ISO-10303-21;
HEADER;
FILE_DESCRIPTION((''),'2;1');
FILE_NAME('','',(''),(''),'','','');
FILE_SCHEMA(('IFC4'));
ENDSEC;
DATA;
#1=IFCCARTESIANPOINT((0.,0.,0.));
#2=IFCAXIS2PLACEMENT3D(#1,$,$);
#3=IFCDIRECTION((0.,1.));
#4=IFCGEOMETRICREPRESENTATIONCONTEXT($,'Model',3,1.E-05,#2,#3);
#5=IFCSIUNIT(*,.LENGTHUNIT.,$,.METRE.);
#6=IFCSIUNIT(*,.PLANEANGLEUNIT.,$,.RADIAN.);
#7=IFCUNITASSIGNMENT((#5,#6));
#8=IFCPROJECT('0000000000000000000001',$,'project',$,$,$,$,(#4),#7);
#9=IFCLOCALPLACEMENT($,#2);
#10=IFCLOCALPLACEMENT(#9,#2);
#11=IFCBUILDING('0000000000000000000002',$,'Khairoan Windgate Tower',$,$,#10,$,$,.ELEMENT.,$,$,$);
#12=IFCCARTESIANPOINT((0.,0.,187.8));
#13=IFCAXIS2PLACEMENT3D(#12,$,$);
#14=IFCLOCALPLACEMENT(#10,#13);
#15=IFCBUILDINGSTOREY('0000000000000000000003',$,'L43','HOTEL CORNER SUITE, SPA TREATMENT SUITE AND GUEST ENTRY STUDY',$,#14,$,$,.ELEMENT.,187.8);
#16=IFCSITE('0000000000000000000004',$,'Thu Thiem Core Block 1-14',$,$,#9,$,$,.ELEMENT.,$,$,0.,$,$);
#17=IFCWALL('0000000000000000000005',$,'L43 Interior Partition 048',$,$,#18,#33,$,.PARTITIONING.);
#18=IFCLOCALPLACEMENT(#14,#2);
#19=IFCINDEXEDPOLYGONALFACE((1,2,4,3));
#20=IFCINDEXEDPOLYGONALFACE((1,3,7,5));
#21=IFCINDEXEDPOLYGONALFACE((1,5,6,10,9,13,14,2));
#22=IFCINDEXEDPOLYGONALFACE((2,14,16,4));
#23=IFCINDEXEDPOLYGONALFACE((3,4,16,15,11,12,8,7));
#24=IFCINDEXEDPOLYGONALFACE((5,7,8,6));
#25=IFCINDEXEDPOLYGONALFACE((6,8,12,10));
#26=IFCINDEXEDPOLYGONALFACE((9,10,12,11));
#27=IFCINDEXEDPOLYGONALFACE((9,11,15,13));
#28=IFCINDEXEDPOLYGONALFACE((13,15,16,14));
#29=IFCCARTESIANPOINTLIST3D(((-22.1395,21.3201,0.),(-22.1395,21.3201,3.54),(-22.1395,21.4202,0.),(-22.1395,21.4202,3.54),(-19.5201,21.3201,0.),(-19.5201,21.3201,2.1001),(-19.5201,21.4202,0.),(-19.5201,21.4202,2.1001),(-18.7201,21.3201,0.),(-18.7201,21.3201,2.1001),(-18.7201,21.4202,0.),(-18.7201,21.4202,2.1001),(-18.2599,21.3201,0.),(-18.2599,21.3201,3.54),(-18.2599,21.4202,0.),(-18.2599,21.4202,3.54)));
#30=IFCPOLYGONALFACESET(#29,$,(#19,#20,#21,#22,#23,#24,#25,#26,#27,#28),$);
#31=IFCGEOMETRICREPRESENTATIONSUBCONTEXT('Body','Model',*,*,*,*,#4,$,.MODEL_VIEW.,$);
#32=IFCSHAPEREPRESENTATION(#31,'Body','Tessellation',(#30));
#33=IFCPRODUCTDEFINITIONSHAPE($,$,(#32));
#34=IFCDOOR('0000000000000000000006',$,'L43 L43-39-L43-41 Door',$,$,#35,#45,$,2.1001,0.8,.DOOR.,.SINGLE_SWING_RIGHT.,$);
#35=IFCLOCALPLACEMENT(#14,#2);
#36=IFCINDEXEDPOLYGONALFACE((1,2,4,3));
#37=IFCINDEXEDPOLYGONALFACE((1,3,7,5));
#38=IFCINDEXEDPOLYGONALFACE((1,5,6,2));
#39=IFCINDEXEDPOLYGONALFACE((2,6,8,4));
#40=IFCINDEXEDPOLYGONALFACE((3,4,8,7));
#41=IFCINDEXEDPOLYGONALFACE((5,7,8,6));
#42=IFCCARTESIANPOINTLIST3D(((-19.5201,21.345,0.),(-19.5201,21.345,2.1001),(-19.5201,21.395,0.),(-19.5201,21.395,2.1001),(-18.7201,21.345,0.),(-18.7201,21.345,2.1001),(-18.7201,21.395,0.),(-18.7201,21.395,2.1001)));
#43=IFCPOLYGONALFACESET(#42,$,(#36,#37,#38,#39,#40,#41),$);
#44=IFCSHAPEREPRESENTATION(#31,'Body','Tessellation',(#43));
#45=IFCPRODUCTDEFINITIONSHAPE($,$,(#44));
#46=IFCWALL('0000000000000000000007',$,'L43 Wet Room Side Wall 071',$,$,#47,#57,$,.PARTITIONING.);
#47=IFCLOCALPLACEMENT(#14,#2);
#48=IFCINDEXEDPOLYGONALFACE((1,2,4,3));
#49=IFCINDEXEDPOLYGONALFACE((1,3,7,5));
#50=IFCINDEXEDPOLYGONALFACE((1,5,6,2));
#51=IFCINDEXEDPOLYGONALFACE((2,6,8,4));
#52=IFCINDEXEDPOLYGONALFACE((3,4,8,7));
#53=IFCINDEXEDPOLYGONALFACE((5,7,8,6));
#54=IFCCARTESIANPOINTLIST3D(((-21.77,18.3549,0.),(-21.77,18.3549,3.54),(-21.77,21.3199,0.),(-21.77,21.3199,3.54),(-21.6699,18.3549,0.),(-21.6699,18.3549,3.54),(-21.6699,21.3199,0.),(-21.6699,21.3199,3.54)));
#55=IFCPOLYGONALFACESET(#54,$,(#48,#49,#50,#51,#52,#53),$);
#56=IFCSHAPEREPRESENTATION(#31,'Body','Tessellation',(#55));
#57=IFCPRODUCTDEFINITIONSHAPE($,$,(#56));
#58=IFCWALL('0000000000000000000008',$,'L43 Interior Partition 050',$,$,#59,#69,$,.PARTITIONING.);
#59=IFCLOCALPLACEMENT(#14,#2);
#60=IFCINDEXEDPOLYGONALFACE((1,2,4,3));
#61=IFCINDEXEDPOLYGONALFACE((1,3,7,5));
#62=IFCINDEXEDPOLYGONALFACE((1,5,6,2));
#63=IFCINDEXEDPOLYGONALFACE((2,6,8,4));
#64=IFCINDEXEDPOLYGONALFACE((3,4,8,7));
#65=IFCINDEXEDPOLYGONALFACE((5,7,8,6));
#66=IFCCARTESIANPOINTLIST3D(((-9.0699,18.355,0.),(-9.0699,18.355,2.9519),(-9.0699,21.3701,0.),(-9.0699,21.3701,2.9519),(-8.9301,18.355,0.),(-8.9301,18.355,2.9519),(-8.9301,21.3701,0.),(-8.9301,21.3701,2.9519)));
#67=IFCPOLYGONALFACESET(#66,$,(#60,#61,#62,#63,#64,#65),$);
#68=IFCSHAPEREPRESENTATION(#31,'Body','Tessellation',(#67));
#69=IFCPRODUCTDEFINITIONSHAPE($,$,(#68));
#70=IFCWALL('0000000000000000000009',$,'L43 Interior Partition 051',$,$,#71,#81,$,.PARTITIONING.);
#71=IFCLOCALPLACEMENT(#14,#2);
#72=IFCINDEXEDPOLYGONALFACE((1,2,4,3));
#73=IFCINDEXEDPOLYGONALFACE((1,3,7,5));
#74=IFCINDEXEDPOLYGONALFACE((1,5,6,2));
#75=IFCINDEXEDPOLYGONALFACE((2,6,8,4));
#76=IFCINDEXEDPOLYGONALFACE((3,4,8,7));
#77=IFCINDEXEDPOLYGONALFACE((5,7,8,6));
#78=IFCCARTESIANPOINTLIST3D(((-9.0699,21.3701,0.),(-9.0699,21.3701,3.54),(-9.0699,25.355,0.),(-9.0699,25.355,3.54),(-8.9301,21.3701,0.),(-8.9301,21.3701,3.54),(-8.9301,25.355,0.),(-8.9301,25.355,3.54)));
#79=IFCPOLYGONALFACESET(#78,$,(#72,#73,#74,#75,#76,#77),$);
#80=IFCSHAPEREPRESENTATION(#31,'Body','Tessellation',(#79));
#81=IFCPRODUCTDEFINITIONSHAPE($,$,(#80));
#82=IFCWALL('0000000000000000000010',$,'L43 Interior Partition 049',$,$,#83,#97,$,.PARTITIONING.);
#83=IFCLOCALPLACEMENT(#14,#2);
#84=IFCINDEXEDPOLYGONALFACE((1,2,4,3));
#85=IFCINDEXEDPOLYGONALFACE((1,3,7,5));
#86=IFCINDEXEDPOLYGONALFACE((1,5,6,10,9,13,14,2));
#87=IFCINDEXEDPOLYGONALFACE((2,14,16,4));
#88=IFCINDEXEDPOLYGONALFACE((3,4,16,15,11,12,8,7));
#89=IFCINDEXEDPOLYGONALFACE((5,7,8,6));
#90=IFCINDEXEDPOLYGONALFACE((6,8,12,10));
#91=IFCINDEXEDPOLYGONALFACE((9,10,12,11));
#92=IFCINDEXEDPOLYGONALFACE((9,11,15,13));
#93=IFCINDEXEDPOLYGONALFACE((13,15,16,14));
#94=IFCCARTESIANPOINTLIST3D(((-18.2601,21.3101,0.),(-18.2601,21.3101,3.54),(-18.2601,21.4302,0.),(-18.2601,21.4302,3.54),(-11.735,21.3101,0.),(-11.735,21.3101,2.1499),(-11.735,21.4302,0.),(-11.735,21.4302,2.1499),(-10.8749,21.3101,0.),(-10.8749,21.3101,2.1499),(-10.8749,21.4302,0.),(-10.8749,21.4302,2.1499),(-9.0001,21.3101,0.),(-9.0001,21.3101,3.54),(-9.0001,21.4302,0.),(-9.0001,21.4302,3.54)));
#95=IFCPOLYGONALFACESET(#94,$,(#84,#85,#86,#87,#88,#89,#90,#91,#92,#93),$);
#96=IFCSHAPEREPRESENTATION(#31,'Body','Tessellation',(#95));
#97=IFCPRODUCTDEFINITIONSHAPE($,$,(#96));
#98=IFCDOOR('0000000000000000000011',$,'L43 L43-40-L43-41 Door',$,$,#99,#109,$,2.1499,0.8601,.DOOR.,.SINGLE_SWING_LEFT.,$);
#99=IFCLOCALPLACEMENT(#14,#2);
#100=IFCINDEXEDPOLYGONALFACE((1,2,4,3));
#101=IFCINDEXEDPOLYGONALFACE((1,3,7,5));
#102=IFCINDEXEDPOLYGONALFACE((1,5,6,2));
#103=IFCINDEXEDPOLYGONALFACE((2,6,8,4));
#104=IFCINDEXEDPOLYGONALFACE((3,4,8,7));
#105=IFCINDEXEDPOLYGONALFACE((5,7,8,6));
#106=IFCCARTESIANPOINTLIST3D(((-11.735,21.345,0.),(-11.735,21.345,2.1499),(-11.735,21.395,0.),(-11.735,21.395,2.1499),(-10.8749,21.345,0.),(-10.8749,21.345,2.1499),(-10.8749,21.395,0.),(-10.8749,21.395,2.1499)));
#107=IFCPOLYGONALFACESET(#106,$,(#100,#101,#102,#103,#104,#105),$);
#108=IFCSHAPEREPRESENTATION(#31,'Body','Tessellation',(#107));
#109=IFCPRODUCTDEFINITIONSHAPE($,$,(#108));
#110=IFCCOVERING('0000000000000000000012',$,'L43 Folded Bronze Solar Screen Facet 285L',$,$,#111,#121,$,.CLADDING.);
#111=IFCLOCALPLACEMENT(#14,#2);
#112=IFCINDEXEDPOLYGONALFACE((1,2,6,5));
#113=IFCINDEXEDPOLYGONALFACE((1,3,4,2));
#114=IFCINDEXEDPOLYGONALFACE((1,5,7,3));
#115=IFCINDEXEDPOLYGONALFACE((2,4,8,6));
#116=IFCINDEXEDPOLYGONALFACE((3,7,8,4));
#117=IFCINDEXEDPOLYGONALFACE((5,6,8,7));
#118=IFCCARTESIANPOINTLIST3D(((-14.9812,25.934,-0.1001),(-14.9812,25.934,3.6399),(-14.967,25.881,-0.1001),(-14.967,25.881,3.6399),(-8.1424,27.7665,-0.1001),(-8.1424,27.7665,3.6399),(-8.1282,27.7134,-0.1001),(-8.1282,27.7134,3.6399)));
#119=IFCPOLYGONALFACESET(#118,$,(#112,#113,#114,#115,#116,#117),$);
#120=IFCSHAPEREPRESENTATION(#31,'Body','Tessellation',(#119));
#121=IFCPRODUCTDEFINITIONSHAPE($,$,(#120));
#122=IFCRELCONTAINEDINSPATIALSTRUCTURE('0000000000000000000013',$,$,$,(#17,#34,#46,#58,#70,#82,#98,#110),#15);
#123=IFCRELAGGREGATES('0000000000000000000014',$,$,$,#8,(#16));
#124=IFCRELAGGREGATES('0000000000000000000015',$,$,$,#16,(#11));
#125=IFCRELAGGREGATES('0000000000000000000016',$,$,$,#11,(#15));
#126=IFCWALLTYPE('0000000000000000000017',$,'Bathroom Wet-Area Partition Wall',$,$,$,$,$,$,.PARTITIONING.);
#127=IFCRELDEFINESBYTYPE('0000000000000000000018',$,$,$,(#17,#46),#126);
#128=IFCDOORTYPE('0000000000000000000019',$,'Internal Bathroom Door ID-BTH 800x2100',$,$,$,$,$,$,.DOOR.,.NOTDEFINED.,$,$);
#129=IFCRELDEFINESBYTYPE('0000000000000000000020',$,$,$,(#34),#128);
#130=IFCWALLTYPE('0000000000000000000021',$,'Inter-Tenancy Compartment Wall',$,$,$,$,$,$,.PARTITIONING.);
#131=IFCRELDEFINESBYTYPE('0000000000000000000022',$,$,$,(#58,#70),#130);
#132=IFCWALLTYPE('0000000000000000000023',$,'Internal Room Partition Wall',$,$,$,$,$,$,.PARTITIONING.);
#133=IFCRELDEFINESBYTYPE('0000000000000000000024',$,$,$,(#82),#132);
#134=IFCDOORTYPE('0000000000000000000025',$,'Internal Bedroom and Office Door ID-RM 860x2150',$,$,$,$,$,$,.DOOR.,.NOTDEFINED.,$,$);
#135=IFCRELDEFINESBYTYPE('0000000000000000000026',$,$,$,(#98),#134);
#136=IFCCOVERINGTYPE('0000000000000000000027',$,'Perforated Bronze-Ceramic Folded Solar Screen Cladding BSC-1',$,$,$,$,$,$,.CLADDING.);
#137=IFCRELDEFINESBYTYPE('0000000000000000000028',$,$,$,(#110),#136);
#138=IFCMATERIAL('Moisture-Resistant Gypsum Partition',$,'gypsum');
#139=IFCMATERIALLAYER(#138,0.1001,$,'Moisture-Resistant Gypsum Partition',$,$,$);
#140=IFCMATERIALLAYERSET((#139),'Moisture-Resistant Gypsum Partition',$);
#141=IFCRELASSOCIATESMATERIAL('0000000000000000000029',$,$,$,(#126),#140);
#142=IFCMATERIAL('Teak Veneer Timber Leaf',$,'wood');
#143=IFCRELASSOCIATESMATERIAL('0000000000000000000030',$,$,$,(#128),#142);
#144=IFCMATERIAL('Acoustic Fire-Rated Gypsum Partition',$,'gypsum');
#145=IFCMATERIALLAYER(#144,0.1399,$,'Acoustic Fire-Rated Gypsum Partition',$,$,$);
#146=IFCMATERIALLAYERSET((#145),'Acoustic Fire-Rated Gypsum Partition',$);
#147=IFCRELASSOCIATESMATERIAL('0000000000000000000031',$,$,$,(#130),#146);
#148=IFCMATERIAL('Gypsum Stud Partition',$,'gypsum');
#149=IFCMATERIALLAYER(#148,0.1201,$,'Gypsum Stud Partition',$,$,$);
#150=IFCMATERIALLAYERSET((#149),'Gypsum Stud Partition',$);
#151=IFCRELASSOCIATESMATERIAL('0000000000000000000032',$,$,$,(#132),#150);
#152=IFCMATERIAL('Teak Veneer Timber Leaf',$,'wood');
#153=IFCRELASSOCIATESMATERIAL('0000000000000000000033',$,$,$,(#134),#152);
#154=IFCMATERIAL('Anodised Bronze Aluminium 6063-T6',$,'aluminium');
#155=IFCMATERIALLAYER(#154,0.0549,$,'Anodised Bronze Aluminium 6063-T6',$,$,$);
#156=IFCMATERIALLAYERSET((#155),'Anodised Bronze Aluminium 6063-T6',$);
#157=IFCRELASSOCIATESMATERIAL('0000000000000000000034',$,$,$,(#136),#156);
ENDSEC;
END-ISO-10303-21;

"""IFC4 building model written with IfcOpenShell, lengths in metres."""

from ifc_helpers import new_model, si_unit, direction, frame, frame_2d, origin, origin_2d, place, context, subcontext, project, spatial, rectangle, extrude, material, layer, layer_set, type_object, element, fill, save


model = new_model("IFC4")

# Units and contexts
model_context = context("Model", 3, precision=1e-05, world=origin(), true_north=direction((0.0, 1.0)))
body_context = subcontext(model_context, "Body", "Model", "MODEL_VIEW")
ifc_project = project(units=[si_unit("LENGTHUNIT", "METRE"), si_unit("PLANEANGLEUNIT", "RADIAN")], contexts=[model_context])

# Site, building, storey
site_placement = place(None, origin())
site = spatial("IfcSite", under=ifc_project, at=site_placement, Name="Thu Thiem Core Block 1-14", CompositionType="ELEMENT", RefElevation=0.0)
building_placement = place(site_placement, origin())
building = spatial("IfcBuilding", under=site, at=building_placement, Name="Khairoan Windgate Tower", CompositionType="ELEMENT")
storey_placement = place(building_placement, frame((0.0, 0.0, 187.8)))
storey = spatial("IfcBuildingStorey", under=building, at=storey_placement, Name="L43", Description="HOTEL CORNER SUITE, SPA TREATMENT SUITE AND GUEST ENTRY STUDY", CompositionType="ELEMENT", Elevation=187.8)

# Wall, opening, door
ifc_material_1 = material(Name="Moisture-Resistant Gypsum Partition", Category="gypsum")
ifc_layer_1 = layer(ifc_material_1, 0.1001, Name="Moisture-Resistant Gypsum Partition")
ifc_layer_set_1 = layer_set([ifc_layer_1], Name="Moisture-Resistant Gypsum Partition")
wall_type_1 = type_object("IfcWallType", Name="Bathroom Wet-Area Partition Wall", PredefinedType="PARTITIONING", material=ifc_layer_set_1)
ifc_material_2 = material(Name="Teak Veneer Timber Leaf", Category="wood")
door_type_1 = type_object("IfcDoorType", Name="Internal Bathroom Door ID-BTH 800x2100", OperationType="NOTDEFINED", PredefinedType="DOOR", material=ifc_material_2)
wall_1_placement = place(storey_placement, frame((-22.1396, 21.3701, 0.0), z_axis=(0.0, 0.0, 1.0), x_axis=(1.0, 0.0, 0.0)))
wall_1 = element("IfcWall", 1, at=wall_1_placement, inside=storey, type_object=wall_type_1, Name="L43 Interior Partition 048", PredefinedType="PARTITIONING", context=body_context, shape_type="SweptSolid", body=[
    extrude(rectangle(XDim=3.8796, YDim=0.1001, at=frame_2d((1.9399, 0.0))), origin(), (0.0, 0.0, 1.0), 3.54),
])
opening_1_placement = place(wall_1_placement, frame((2.6196, 0.0, 0.0)))
opening_1 = element("IfcOpeningElement", 2, at=opening_1_placement, cuts=wall_1, PredefinedType="OPENING", context=body_context, shape_type="SweptSolid", body=[
    extrude(rectangle(XDim=0.8, YDim=2.1001, at=frame_2d((0.3999, 1.05))), frame((0.0, 0.0601, 0.0), z_axis=(0.0, -1.0, 0.0), x_axis=(1.0, 0.0, 0.0)), (0.0, 0.0, 1.0), 0.1201),
])
door_1_placement = place(opening_1_placement, origin())
door_1 = element("IfcDoor", 3, at=door_1_placement, inside=storey, type_object=door_type_1, Name="L43 L43-39-L43-41 Door", OperationType="SINGLE_SWING_RIGHT", OverallHeight=2.1001, OverallWidth=0.8, PredefinedType="DOOR", context=body_context, shape_type="SweptSolid", body=[
    extrude(rectangle(XDim=0.8, YDim=2.1001, at=frame_2d((0.3999, 1.05))), frame((0.0, 0.0249, 0.0), z_axis=(0.0, -1.0, 0.0), x_axis=(1.0, 0.0, 0.0)), (0.0, 0.0, 1.0), 0.05),
])
fill(opening_1, door_1)

# Walls
wall_2_placement = place(storey_placement, frame((-21.72, 18.355, 0.0), z_axis=(0.0, 0.0, 1.0), x_axis=(0.0, 1.0, 0.0)))
element("IfcWall", 4, at=wall_2_placement, inside=storey, type_object=wall_type_1, Name="L43 Wet Room Side Wall 071", PredefinedType="PARTITIONING", context=body_context, shape_type="SweptSolid", body=[
    extrude(rectangle(XDim=2.9651, YDim=0.1001, at=frame_2d((1.4824, 0.0))), origin(), (0.0, 0.0, 1.0), 3.54),
])
ifc_material_3 = material(Name="Acoustic Fire-Rated Gypsum Partition", Category="gypsum")
ifc_layer_2 = layer(ifc_material_3, 0.1399, Name="Acoustic Fire-Rated Gypsum Partition")
ifc_layer_set_2 = layer_set([ifc_layer_2], Name="Acoustic Fire-Rated Gypsum Partition")
wall_type_2 = type_object("IfcWallType", Name="Inter-Tenancy Compartment Wall", PredefinedType="PARTITIONING", material=ifc_layer_set_2)
wall_3_placement = place(storey_placement, frame((-9.0, 18.355, 0.0), z_axis=(0.0, 0.0, 1.0), x_axis=(0.0, 1.0, 0.0)))
element("IfcWall", 5, at=wall_3_placement, inside=storey, type_object=wall_type_2, Name="L43 Interior Partition 050", PredefinedType="PARTITIONING", context=body_context, shape_type="SweptSolid", body=[
    extrude(rectangle(XDim=3.0151, YDim=0.1399, at=frame_2d((1.5076, 0.0))), origin(), (0.0, 0.0, 1.0), 2.9519),
])
wall_4_placement = place(storey_placement, frame((-9.0, 21.3701, 0.0), z_axis=(0.0, 0.0, 1.0), x_axis=(0.0, 1.0, 0.0)))
element("IfcWall", 6, at=wall_4_placement, inside=storey, type_object=wall_type_2, Name="L43 Interior Partition 051", PredefinedType="PARTITIONING", context=body_context, shape_type="SweptSolid", body=[
    extrude(rectangle(XDim=3.9849, YDim=0.1399, at=frame_2d((1.9924, 0.0))), origin(), (0.0, 0.0, 1.0), 3.54),
])

# Wall, opening, door
ifc_material_4 = material(Name="Gypsum Stud Partition", Category="gypsum")
ifc_layer_3 = layer(ifc_material_4, 0.1201, Name="Gypsum Stud Partition")
ifc_layer_set_3 = layer_set([ifc_layer_3], Name="Gypsum Stud Partition")
wall_type_3 = type_object("IfcWallType", Name="Internal Room Partition Wall", PredefinedType="PARTITIONING", material=ifc_layer_set_3)
wall_5_placement = place(storey_placement, frame((-18.26, 21.3701, 0.0), z_axis=(0.0, 0.0, 1.0), x_axis=(1.0, 0.0, 0.0)))
wall_5 = element("IfcWall", 7, at=wall_5_placement, inside=storey, type_object=wall_type_3, Name="L43 Interior Partition 049", PredefinedType="PARTITIONING", context=body_context, shape_type="SweptSolid", body=[
    extrude(rectangle(XDim=9.26, YDim=0.1201, at=frame_2d((4.6299, 0.0))), origin(), (0.0, 0.0, 1.0), 3.54),
])
opening_2_placement = place(wall_5_placement, frame((6.5249, 0.0, 0.0)))
opening_2 = element("IfcOpeningElement", 8, at=opening_2_placement, cuts=wall_5, PredefinedType="OPENING", context=body_context, shape_type="SweptSolid", body=[
    extrude(rectangle(XDim=0.8601, YDim=2.1499, at=frame_2d((0.4302, 1.075))), frame((0.0, 0.0701, 0.0), z_axis=(0.0, -1.0, 0.0), x_axis=(1.0, 0.0, 0.0)), (0.0, 0.0, 1.0), 0.1401),
])
ifc_material_5 = material(Name="Teak Veneer Timber Leaf", Category="wood")
door_type_2 = type_object("IfcDoorType", Name="Internal Bedroom and Office Door ID-RM 860x2150", OperationType="NOTDEFINED", PredefinedType="DOOR", material=ifc_material_5)
door_2_placement = place(opening_2_placement, origin())
door_2 = element("IfcDoor", 9, at=door_2_placement, inside=storey, type_object=door_type_2, Name="L43 L43-40-L43-41 Door", OperationType="SINGLE_SWING_LEFT", OverallHeight=2.1499, OverallWidth=0.8601, PredefinedType="DOOR", context=body_context, shape_type="SweptSolid", body=[
    extrude(rectangle(XDim=0.8601, YDim=2.1499, at=frame_2d((0.4302, 1.075))), frame((0.0, 0.0249, 0.0), z_axis=(0.0, -1.0, 0.0), x_axis=(1.0, 0.0, 0.0)), (0.0, 0.0, 1.0), 0.05),
])
fill(opening_2, door_2)

# Covering
ifc_material_6 = material(Name="Anodised Bronze Aluminium 6063-T6", Category="aluminium")
ifc_layer_4 = layer(ifc_material_6, 0.0549, Name="Anodised Bronze Aluminium 6063-T6")
ifc_layer_set_4 = layer_set([ifc_layer_4], Name="Anodised Bronze Aluminium 6063-T6")
covering_type = type_object("IfcCoveringType", Name="Perforated Bronze-Ceramic Folded Solar Screen Cladding BSC-1", PredefinedType="CLADDING", material=ifc_layer_set_4)
covering_placement = place(storey_placement, frame((-11.5547, 26.8237, -0.1001), z_axis=(0.0, 0.0, 1.0), x_axis=(0.965926, 0.258819, 0.0)))
element("IfcCovering", 10, at=covering_placement, inside=storey, type_object=covering_type, Name="L43 Folded Bronze Solar Screen Facet 285L", PredefinedType="CLADDING", context=body_context, shape_type="SweptSolid", body=[
    extrude(rectangle(XDim=7.0801, YDim=0.0549, at=origin_2d()), origin(), (0.0, 0.0, 1.0), 3.74),
])

save(model, "model.ifc")
